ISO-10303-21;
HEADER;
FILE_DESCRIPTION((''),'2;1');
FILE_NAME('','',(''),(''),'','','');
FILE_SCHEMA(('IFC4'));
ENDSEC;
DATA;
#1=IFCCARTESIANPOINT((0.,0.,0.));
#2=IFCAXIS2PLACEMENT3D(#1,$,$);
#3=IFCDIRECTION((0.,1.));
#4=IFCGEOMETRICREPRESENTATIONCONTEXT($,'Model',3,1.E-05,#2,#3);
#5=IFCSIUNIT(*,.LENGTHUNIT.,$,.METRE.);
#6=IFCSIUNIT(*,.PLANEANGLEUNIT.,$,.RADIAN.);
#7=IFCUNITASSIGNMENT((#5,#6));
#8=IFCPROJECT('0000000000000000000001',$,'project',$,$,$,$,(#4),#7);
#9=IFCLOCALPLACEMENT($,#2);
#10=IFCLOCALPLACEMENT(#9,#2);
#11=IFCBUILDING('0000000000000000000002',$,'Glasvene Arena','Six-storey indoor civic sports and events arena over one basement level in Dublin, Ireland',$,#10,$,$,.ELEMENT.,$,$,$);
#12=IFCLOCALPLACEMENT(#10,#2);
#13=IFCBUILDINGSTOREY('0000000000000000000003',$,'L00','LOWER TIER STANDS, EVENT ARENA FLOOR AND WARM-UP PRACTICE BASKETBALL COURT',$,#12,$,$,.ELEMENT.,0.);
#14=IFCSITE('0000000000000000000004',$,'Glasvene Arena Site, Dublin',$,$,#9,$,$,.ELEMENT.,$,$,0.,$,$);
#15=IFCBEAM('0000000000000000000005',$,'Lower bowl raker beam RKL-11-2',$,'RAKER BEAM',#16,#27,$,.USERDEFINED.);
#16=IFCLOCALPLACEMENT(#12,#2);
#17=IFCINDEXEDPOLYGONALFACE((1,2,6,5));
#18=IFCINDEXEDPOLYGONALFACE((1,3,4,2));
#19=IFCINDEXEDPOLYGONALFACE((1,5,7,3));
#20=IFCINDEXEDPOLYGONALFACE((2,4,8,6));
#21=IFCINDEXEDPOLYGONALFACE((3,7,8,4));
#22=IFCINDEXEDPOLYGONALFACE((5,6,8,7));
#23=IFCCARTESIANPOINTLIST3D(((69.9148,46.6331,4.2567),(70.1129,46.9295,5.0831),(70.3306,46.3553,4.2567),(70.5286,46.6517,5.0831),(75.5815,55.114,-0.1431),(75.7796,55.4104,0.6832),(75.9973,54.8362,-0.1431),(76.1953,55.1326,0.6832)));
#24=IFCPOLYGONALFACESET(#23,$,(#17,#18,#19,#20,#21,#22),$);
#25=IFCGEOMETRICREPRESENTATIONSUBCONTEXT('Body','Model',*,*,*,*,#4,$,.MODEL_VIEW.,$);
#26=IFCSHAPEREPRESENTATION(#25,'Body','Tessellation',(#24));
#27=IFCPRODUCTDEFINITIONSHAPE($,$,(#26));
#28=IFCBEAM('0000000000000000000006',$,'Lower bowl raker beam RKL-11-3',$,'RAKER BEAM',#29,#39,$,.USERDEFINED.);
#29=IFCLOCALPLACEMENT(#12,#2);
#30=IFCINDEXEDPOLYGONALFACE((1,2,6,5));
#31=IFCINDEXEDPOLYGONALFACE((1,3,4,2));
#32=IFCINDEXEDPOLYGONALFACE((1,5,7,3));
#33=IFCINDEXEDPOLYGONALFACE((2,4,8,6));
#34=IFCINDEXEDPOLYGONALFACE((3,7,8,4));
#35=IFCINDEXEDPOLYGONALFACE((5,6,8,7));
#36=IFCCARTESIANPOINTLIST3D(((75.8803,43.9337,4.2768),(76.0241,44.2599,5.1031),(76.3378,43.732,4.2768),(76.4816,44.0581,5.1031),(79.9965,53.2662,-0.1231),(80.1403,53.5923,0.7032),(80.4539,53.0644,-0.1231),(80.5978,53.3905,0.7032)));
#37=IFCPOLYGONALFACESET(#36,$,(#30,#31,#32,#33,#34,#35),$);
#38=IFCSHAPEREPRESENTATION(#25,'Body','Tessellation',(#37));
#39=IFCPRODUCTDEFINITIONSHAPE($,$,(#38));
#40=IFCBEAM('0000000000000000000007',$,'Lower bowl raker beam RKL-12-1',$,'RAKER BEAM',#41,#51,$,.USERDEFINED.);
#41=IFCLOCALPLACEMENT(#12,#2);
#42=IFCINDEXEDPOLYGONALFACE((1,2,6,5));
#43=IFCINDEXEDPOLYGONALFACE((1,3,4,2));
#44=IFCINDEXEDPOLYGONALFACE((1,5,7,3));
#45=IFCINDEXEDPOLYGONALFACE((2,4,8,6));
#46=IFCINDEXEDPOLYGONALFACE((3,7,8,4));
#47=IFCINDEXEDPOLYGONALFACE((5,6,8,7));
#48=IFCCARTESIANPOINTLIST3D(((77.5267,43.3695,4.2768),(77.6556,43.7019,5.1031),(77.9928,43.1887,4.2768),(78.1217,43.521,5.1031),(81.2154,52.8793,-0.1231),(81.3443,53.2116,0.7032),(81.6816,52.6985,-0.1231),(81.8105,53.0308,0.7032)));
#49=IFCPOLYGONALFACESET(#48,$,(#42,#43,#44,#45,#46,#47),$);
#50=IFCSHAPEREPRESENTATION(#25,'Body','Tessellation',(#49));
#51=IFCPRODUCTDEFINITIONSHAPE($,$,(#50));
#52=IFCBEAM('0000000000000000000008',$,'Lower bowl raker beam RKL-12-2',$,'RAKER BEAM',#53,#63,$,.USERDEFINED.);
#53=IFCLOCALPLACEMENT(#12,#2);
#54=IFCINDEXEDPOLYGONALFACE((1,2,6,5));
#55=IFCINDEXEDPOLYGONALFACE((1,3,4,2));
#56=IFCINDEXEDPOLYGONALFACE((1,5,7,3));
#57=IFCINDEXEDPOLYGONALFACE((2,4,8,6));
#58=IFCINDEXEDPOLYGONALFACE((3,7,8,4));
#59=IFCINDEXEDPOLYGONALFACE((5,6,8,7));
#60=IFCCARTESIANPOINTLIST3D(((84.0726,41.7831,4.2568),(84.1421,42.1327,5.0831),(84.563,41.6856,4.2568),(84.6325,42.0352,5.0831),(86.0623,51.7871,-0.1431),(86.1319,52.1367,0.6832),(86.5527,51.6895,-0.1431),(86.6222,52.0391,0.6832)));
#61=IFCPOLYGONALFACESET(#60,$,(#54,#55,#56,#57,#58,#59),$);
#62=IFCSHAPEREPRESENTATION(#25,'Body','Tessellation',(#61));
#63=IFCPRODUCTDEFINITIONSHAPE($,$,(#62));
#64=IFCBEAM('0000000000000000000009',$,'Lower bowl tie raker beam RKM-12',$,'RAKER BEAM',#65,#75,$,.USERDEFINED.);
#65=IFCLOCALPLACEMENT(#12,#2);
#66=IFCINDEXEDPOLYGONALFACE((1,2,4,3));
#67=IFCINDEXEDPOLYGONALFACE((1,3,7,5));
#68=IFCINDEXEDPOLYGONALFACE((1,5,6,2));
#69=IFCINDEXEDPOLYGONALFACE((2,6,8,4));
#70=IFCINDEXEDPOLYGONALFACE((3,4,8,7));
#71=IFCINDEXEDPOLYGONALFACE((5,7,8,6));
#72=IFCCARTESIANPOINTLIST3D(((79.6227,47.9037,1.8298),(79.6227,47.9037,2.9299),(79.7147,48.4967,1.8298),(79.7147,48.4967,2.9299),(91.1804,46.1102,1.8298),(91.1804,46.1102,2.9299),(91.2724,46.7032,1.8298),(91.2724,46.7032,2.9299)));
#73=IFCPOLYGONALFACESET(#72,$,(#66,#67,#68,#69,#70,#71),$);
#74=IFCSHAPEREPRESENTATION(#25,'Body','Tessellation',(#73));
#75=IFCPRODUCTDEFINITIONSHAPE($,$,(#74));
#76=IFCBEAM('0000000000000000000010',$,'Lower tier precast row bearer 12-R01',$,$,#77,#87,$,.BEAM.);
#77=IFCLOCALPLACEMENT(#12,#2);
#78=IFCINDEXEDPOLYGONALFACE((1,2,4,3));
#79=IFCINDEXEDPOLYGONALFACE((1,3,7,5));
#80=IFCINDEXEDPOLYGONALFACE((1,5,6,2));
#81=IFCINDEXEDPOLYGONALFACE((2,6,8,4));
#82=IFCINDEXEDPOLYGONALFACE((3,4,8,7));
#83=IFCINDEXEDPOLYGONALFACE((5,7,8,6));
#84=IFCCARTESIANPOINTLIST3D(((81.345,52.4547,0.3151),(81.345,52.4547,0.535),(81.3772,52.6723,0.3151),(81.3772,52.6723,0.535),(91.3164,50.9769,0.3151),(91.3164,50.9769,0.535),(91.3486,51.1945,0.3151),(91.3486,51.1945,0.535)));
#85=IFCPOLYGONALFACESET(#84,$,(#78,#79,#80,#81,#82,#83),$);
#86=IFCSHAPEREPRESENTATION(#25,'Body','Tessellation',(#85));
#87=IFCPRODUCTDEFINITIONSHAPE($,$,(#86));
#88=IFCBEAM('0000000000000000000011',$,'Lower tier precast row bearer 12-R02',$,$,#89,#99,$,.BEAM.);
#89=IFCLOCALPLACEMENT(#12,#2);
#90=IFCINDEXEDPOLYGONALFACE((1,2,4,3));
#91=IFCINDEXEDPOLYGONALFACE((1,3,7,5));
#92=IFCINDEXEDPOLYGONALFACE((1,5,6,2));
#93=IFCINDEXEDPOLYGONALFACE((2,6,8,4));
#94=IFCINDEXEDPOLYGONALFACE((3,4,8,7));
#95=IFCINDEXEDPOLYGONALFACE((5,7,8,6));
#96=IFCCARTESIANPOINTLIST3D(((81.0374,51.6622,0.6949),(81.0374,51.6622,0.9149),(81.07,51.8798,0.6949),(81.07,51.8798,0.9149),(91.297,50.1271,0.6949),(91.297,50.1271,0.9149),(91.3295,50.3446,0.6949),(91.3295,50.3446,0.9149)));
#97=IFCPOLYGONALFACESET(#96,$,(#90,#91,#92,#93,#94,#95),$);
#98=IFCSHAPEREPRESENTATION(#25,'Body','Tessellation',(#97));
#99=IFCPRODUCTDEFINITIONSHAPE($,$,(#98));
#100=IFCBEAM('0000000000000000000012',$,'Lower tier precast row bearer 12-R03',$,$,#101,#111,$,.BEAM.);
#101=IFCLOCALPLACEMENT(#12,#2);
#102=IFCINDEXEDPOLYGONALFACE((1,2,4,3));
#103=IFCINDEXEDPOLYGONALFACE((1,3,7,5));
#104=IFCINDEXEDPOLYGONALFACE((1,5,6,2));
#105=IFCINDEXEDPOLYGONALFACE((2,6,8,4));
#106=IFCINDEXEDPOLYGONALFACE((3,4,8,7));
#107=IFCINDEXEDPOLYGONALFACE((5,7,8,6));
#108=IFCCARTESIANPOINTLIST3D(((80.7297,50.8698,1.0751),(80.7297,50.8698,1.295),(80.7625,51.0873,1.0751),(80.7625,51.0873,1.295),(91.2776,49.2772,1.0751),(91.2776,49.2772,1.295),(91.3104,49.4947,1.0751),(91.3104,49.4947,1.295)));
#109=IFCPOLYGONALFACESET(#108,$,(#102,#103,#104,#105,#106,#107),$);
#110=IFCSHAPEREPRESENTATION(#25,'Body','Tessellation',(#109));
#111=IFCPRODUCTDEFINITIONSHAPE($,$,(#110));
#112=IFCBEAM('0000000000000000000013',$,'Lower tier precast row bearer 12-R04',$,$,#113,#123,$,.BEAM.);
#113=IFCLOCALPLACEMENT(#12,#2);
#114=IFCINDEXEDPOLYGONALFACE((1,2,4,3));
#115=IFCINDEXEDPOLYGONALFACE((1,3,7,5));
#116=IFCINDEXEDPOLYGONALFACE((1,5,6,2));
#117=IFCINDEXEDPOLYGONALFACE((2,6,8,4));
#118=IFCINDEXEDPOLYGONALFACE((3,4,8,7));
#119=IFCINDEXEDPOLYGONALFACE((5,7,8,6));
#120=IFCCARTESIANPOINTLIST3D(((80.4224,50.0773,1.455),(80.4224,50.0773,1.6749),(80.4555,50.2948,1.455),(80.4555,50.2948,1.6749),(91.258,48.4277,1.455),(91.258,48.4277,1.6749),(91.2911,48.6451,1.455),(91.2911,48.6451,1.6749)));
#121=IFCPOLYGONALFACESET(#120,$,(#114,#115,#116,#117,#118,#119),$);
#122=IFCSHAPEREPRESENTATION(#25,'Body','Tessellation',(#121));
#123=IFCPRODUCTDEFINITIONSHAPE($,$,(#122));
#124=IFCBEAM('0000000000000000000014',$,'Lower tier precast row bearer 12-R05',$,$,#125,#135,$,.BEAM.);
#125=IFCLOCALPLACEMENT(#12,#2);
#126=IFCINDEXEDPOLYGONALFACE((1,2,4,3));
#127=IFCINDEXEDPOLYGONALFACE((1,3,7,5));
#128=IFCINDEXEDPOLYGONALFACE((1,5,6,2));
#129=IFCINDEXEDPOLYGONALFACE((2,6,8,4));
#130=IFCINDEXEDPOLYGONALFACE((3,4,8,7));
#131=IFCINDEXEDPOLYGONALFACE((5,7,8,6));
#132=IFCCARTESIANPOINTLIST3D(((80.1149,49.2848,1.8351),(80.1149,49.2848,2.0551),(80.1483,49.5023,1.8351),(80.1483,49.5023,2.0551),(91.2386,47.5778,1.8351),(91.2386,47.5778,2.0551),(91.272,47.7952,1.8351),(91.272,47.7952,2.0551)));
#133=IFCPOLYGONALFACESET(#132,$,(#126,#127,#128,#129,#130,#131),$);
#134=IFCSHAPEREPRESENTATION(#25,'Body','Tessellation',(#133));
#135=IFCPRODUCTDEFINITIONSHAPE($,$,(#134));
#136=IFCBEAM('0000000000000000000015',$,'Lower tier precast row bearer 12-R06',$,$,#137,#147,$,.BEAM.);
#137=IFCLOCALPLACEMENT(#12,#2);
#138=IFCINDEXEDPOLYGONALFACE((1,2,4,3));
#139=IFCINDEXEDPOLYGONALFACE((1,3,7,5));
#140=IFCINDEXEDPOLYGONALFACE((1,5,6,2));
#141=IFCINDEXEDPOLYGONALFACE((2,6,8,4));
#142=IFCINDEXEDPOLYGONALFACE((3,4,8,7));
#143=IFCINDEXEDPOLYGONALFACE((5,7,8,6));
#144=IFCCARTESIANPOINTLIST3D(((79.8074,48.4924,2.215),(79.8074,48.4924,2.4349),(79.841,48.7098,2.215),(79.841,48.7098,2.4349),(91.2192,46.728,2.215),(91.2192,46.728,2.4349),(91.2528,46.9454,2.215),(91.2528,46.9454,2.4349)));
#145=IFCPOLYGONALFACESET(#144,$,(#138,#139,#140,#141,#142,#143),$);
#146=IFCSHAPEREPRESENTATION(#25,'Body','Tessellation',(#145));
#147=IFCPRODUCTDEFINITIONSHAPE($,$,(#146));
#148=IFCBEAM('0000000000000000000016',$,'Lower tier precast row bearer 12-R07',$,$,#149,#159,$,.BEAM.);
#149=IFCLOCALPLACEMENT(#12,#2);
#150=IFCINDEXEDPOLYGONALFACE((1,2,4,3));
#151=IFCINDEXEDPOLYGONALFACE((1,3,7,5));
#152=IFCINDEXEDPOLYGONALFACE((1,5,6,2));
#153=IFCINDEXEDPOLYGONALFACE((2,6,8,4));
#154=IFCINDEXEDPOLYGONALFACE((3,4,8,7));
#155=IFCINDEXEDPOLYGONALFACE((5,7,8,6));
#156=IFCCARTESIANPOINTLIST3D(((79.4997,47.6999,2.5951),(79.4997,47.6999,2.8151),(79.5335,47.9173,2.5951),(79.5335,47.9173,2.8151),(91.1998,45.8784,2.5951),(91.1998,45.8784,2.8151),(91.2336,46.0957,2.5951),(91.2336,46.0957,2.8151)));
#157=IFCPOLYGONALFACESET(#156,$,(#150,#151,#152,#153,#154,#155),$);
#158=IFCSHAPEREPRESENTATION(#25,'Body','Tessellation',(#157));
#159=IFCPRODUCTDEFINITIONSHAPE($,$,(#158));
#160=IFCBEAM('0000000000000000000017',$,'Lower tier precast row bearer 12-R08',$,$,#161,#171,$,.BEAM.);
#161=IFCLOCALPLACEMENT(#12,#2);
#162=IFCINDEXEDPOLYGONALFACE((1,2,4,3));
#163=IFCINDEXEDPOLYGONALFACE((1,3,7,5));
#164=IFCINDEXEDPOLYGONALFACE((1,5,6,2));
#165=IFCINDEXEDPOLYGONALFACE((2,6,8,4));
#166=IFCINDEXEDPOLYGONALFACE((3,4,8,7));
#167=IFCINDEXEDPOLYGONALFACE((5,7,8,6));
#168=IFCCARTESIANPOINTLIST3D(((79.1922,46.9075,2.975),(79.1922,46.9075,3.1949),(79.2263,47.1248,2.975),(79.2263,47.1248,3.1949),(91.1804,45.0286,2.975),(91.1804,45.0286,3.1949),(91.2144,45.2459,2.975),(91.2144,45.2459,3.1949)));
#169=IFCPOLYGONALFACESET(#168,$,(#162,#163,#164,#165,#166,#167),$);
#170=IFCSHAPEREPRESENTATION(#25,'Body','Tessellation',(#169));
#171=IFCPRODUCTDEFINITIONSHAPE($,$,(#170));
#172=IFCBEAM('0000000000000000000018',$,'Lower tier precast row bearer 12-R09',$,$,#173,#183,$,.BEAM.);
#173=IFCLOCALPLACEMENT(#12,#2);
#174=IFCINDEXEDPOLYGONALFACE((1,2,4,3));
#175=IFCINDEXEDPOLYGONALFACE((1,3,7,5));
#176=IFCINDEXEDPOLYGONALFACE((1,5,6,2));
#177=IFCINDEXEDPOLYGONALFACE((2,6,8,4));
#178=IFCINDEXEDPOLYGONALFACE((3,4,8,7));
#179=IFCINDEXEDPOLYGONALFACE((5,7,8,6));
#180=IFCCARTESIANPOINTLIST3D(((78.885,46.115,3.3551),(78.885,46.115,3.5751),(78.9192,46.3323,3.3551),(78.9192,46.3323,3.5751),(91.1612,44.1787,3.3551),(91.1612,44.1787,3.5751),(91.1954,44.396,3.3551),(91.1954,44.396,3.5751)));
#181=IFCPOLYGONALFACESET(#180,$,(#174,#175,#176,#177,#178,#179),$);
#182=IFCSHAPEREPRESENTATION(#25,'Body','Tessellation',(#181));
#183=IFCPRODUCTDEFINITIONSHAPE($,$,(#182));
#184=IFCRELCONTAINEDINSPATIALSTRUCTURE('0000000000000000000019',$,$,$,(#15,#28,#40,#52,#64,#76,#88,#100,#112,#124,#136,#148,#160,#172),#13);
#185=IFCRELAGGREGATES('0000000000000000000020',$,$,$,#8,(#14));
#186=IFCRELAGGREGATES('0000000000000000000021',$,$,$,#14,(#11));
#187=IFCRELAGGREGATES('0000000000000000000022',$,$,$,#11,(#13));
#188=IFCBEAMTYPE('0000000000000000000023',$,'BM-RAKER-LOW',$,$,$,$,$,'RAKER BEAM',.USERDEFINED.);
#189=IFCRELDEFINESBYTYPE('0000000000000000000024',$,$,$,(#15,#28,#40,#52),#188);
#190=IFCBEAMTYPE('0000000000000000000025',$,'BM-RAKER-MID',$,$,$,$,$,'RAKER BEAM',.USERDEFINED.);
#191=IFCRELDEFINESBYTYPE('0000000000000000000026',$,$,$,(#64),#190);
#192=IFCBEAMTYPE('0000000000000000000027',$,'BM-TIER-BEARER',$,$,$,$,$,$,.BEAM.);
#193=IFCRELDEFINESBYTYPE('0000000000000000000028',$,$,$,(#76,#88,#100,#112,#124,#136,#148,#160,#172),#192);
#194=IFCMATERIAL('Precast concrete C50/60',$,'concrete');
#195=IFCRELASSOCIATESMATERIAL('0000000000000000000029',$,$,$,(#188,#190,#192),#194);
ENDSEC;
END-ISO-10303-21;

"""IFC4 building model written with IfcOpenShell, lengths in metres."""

from ifc_helpers import new_model, si_unit, direction, frame, origin, origin_2d, place, context, subcontext, project, spatial, rectangle, extrude, material, material_profile, profile_set, type_object, element, save


model = new_model("IFC4")

# Units and contexts
model_context = context("Model", 3, precision=1e-05, world=origin(), true_north=direction((0.0, 1.0)))
body_context = subcontext(model_context, "Body", "Model", "MODEL_VIEW")
ifc_project = project(units=[si_unit("LENGTHUNIT", "METRE"), si_unit("PLANEANGLEUNIT", "RADIAN")], contexts=[model_context])

# Site, building, storey
site_placement = place(None, origin())
site = spatial("IfcSite", under=ifc_project, at=site_placement, Name="Glasvene Arena Site, Dublin", CompositionType="ELEMENT", RefElevation=0.0)
building_placement = place(site_placement, origin())
building = spatial("IfcBuilding", under=site, at=building_placement, Name="Glasvene Arena", Description="Six-storey indoor civic sports and events arena over one basement level in Dublin, Ireland", CompositionType="ELEMENT")
storey_placement = place(building_placement, origin())
storey = spatial("IfcBuildingStorey", under=building, at=storey_placement, Name="L00", Description="LOWER TIER STANDS, EVENT ARENA FLOOR AND WARM-UP PRACTICE BASKETBALL COURT", CompositionType="ELEMENT", Elevation=0.0)

# Beams
ifc_material_1 = material(Name="Precast concrete C50/60", Category="concrete")
ifc_material_profile_1 = material_profile(ifc_material_1, rectangle(XDim=0.5, YDim=0.8999, at=origin_2d()), Name="RC 500x900")
ifc_profile_set_1 = profile_set([ifc_material_profile_1], Name="Precast concrete C50/60")
beam_type_1 = type_object("IfcBeamType", Name="BM-RAKER-LOW", ElementType="RAKER BEAM", PredefinedType="USERDEFINED", material=ifc_profile_set_1)
for number, where, z_axis, x_axis, name in (
    (1, (75.8884, 55.1233, 0.27), (-0.510129, -0.763469, 0.396086), (0.831472, -0.555567, 0.0), "Lower bowl raker beam RKL-11-2"),
    (2, (80.2971, 53.3284, 0.29), (-0.370547, -0.840126, 0.396085), (0.914957, -0.403552, 0.0), "Lower bowl raker beam RKL-11-3"),
):
    element("IfcBeam", number, at=place(storey_placement, frame(where, z_axis=z_axis, x_axis=x_axis)), inside=storey, type_object=beam_type_1, Name=name, ObjectType="RAKER BEAM", PredefinedType="USERDEFINED", context=body_context, shape_type="SweptSolid", body=[
        extrude(rectangle(XDim=0.5, YDim=0.8999, at=origin_2d()), origin(), (0.0, 0.0, 1.0), 11.1084),
    ])
beam_1_placement = place(storey_placement, frame((81.5129, 52.9551, 0.29), z_axis=(-0.332059, -0.856071, 0.39608), x_axis=(0.93232, -0.361635, 0.0)))
element("IfcBeam", 3, at=beam_1_placement, inside=storey, type_object=beam_type_1, Name="Lower bowl raker beam RKL-12-1", ObjectType="RAKER BEAM", PredefinedType="USERDEFINED", context=body_context, shape_type="SweptSolid", body=[
    extrude(rectangle(XDim=0.5, YDim=0.8999, at=origin_2d()), origin(), (0.0, 0.0, 1.0), 11.1086),
])
beam_2_placement = place(storey_placement, frame((86.3423, 51.9131, 0.27), z_axis=(-0.179121, -0.900572, 0.396088), x_axis=(0.980788, -0.195076, 0.0)))
element("IfcBeam", 4, at=beam_2_placement, inside=storey, type_object=beam_type_1, Name="Lower bowl raker beam RKL-12-2", ObjectType="RAKER BEAM", PredefinedType="USERDEFINED", context=body_context, shape_type="SweptSolid", body=[
    extrude(rectangle(XDim=0.5, YDim=0.8999, at=origin_2d()), origin(), (0.0, 0.0, 1.0), 11.1084),
])
ifc_material_profile_2 = material_profile(ifc_material_1, rectangle(XDim=0.6001, YDim=1.1001, at=origin_2d()), Name="RC 600x1100")
ifc_profile_set_2 = profile_set([ifc_material_profile_2], Name="Precast concrete C50/60")
beam_type_2 = type_object("IfcBeamType", Name="BM-RAKER-MID", ElementType="RAKER BEAM", PredefinedType="USERDEFINED", material=ifc_profile_set_2)
beam_3_placement = place(storey_placement, frame((79.6687, 48.2002, 2.3799), z_axis=(0.988173, -0.15334, 0.0), x_axis=(0.15334, 0.988173, 0.0)))
element("IfcBeam", 5, at=beam_3_placement, inside=storey, type_object=beam_type_2, Name="Lower bowl tie raker beam RKM-12", ObjectType="RAKER BEAM", PredefinedType="USERDEFINED", context=body_context, shape_type="SweptSolid", body=[
    extrude(rectangle(XDim=0.6001, YDim=1.1001, at=origin_2d()), origin(), (0.0, 0.0, 1.0), 11.696),
])
ifc_material_profile_3 = material_profile(ifc_material_1, rectangle(XDim=0.22, YDim=0.22, at=origin_2d()), Name="RC 220x220")
ifc_profile_set_3 = profile_set([ifc_material_profile_3], Name="Precast concrete C50/60")
beam_type_3 = type_object("IfcBeamType", Name="BM-TIER-BEARER", PredefinedType="BEAM", material=ifc_profile_set_3)
beam_4_placement = place(storey_placement, frame((81.3611, 52.5635, 0.425), z_axis=(0.989196, -0.1466, 0.0), x_axis=(0.1466, 0.989196, 0.0)))
element("IfcBeam", 6, at=beam_4_placement, inside=storey, type_object=beam_type_3, Name="Lower tier precast row bearer 12-R01", PredefinedType="BEAM", context=body_context, shape_type="SweptSolid", body=[
    extrude(rectangle(XDim=0.22, YDim=0.22, at=origin_2d()), origin(), (0.0, 0.0, 1.0), 10.0803),
])
beam_5_placement = place(storey_placement, frame((81.0537, 51.771, 0.8049), z_axis=(0.98899, -0.147985, 0.0), x_axis=(0.147985, 0.98899, 0.0)))
element("IfcBeam", 7, at=beam_5_placement, inside=storey, type_object=beam_type_3, Name="Lower tier precast row bearer 12-R02", PredefinedType="BEAM", context=body_context, shape_type="SweptSolid", body=[
    extrude(rectangle(XDim=0.22, YDim=0.22, at=origin_2d()), origin(), (0.0, 0.0, 1.0), 10.3738),
])
beam_6_placement = place(storey_placement, frame((80.7461, 50.9785, 1.1851), z_axis=(0.988794, -0.149289, 0.0), x_axis=(0.149289, 0.988794, 0.0)))
element("IfcBeam", 8, at=beam_6_placement, inside=storey, type_object=beam_type_3, Name="Lower tier precast row bearer 12-R03", PredefinedType="BEAM", context=body_context, shape_type="SweptSolid", body=[
    extrude(rectangle(XDim=0.22, YDim=0.22, at=origin_2d()), origin(), (0.0, 0.0, 1.0), 10.6675),
])
beam_7_placement = place(storey_placement, frame((80.439, 50.186, 1.5649), z_axis=(0.988609, -0.150509, 0.0), x_axis=(0.150509, 0.988609, 0.0)))
element("IfcBeam", 9, at=beam_7_placement, inside=storey, type_object=beam_type_3, Name="Lower tier precast row bearer 12-R04", PredefinedType="BEAM", context=body_context, shape_type="SweptSolid", body=[
    extrude(rectangle(XDim=0.22, YDim=0.22, at=origin_2d()), origin(), (0.0, 0.0, 1.0), 10.9604),
])
beam_8_placement = place(storey_placement, frame((80.1316, 49.3936, 1.9451), z_axis=(0.988429, -0.151682, 0.0), x_axis=(0.151682, 0.988429, 0.0)))
element("IfcBeam", 10, at=beam_8_placement, inside=storey, type_object=beam_type_3, Name="Lower tier precast row bearer 12-R05", PredefinedType="BEAM", context=body_context, shape_type="SweptSolid", body=[
    extrude(rectangle(XDim=0.22, YDim=0.22, at=origin_2d()), origin(), (0.0, 0.0, 1.0), 11.2539),
])
beam_9_placement = place(storey_placement, frame((79.8242, 48.6011, 2.325), z_axis=(0.988258, -0.152796, 0.0), x_axis=(0.152796, 0.988258, 0.0)))
element("IfcBeam", 11, at=beam_9_placement, inside=storey, type_object=beam_type_3, Name="Lower tier precast row bearer 12-R06", PredefinedType="BEAM", context=body_context, shape_type="SweptSolid", body=[
    extrude(rectangle(XDim=0.22, YDim=0.22, at=origin_2d()), origin(), (0.0, 0.0, 1.0), 11.5474),
])
beam_10_placement = place(storey_placement, frame((79.5166, 47.8086, 2.7051), z_axis=(0.988097, -0.153831, 0.0), x_axis=(0.153831, 0.988097, 0.0)))
element("IfcBeam", 12, at=beam_10_placement, inside=storey, type_object=beam_type_3, Name="Lower tier precast row bearer 12-R07", PredefinedType="BEAM", context=body_context, shape_type="SweptSolid", body=[
    extrude(rectangle(XDim=0.22, YDim=0.22, at=origin_2d()), origin(), (0.0, 0.0, 1.0), 11.8411),
])
beam_11_placement = place(storey_placement, frame((79.2092, 47.0161, 3.085), z_axis=(0.98794, -0.154838, 0.0), x_axis=(0.154838, 0.98794, 0.0)))
element("IfcBeam", 13, at=beam_11_placement, inside=storey, type_object=beam_type_3, Name="Lower tier precast row bearer 12-R08", PredefinedType="BEAM", context=body_context, shape_type="SweptSolid", body=[
    extrude(rectangle(XDim=0.22, YDim=0.22, at=origin_2d()), origin(), (0.0, 0.0, 1.0), 12.1345),
])
beam_12_placement = place(storey_placement, frame((78.9021, 46.2236, 3.4651), z_axis=(0.987788, -0.155801, 0.0), x_axis=(0.155801, 0.987788, 0.0)))
element("IfcBeam", 14, at=beam_12_placement, inside=storey, type_object=beam_type_3, Name="Lower tier precast row bearer 12-R09", PredefinedType="BEAM", context=body_context, shape_type="SweptSolid", body=[
    extrude(rectangle(XDim=0.22, YDim=0.22, at=origin_2d()), origin(), (0.0, 0.0, 1.0), 12.428),
])

save(model, "model.ifc")
